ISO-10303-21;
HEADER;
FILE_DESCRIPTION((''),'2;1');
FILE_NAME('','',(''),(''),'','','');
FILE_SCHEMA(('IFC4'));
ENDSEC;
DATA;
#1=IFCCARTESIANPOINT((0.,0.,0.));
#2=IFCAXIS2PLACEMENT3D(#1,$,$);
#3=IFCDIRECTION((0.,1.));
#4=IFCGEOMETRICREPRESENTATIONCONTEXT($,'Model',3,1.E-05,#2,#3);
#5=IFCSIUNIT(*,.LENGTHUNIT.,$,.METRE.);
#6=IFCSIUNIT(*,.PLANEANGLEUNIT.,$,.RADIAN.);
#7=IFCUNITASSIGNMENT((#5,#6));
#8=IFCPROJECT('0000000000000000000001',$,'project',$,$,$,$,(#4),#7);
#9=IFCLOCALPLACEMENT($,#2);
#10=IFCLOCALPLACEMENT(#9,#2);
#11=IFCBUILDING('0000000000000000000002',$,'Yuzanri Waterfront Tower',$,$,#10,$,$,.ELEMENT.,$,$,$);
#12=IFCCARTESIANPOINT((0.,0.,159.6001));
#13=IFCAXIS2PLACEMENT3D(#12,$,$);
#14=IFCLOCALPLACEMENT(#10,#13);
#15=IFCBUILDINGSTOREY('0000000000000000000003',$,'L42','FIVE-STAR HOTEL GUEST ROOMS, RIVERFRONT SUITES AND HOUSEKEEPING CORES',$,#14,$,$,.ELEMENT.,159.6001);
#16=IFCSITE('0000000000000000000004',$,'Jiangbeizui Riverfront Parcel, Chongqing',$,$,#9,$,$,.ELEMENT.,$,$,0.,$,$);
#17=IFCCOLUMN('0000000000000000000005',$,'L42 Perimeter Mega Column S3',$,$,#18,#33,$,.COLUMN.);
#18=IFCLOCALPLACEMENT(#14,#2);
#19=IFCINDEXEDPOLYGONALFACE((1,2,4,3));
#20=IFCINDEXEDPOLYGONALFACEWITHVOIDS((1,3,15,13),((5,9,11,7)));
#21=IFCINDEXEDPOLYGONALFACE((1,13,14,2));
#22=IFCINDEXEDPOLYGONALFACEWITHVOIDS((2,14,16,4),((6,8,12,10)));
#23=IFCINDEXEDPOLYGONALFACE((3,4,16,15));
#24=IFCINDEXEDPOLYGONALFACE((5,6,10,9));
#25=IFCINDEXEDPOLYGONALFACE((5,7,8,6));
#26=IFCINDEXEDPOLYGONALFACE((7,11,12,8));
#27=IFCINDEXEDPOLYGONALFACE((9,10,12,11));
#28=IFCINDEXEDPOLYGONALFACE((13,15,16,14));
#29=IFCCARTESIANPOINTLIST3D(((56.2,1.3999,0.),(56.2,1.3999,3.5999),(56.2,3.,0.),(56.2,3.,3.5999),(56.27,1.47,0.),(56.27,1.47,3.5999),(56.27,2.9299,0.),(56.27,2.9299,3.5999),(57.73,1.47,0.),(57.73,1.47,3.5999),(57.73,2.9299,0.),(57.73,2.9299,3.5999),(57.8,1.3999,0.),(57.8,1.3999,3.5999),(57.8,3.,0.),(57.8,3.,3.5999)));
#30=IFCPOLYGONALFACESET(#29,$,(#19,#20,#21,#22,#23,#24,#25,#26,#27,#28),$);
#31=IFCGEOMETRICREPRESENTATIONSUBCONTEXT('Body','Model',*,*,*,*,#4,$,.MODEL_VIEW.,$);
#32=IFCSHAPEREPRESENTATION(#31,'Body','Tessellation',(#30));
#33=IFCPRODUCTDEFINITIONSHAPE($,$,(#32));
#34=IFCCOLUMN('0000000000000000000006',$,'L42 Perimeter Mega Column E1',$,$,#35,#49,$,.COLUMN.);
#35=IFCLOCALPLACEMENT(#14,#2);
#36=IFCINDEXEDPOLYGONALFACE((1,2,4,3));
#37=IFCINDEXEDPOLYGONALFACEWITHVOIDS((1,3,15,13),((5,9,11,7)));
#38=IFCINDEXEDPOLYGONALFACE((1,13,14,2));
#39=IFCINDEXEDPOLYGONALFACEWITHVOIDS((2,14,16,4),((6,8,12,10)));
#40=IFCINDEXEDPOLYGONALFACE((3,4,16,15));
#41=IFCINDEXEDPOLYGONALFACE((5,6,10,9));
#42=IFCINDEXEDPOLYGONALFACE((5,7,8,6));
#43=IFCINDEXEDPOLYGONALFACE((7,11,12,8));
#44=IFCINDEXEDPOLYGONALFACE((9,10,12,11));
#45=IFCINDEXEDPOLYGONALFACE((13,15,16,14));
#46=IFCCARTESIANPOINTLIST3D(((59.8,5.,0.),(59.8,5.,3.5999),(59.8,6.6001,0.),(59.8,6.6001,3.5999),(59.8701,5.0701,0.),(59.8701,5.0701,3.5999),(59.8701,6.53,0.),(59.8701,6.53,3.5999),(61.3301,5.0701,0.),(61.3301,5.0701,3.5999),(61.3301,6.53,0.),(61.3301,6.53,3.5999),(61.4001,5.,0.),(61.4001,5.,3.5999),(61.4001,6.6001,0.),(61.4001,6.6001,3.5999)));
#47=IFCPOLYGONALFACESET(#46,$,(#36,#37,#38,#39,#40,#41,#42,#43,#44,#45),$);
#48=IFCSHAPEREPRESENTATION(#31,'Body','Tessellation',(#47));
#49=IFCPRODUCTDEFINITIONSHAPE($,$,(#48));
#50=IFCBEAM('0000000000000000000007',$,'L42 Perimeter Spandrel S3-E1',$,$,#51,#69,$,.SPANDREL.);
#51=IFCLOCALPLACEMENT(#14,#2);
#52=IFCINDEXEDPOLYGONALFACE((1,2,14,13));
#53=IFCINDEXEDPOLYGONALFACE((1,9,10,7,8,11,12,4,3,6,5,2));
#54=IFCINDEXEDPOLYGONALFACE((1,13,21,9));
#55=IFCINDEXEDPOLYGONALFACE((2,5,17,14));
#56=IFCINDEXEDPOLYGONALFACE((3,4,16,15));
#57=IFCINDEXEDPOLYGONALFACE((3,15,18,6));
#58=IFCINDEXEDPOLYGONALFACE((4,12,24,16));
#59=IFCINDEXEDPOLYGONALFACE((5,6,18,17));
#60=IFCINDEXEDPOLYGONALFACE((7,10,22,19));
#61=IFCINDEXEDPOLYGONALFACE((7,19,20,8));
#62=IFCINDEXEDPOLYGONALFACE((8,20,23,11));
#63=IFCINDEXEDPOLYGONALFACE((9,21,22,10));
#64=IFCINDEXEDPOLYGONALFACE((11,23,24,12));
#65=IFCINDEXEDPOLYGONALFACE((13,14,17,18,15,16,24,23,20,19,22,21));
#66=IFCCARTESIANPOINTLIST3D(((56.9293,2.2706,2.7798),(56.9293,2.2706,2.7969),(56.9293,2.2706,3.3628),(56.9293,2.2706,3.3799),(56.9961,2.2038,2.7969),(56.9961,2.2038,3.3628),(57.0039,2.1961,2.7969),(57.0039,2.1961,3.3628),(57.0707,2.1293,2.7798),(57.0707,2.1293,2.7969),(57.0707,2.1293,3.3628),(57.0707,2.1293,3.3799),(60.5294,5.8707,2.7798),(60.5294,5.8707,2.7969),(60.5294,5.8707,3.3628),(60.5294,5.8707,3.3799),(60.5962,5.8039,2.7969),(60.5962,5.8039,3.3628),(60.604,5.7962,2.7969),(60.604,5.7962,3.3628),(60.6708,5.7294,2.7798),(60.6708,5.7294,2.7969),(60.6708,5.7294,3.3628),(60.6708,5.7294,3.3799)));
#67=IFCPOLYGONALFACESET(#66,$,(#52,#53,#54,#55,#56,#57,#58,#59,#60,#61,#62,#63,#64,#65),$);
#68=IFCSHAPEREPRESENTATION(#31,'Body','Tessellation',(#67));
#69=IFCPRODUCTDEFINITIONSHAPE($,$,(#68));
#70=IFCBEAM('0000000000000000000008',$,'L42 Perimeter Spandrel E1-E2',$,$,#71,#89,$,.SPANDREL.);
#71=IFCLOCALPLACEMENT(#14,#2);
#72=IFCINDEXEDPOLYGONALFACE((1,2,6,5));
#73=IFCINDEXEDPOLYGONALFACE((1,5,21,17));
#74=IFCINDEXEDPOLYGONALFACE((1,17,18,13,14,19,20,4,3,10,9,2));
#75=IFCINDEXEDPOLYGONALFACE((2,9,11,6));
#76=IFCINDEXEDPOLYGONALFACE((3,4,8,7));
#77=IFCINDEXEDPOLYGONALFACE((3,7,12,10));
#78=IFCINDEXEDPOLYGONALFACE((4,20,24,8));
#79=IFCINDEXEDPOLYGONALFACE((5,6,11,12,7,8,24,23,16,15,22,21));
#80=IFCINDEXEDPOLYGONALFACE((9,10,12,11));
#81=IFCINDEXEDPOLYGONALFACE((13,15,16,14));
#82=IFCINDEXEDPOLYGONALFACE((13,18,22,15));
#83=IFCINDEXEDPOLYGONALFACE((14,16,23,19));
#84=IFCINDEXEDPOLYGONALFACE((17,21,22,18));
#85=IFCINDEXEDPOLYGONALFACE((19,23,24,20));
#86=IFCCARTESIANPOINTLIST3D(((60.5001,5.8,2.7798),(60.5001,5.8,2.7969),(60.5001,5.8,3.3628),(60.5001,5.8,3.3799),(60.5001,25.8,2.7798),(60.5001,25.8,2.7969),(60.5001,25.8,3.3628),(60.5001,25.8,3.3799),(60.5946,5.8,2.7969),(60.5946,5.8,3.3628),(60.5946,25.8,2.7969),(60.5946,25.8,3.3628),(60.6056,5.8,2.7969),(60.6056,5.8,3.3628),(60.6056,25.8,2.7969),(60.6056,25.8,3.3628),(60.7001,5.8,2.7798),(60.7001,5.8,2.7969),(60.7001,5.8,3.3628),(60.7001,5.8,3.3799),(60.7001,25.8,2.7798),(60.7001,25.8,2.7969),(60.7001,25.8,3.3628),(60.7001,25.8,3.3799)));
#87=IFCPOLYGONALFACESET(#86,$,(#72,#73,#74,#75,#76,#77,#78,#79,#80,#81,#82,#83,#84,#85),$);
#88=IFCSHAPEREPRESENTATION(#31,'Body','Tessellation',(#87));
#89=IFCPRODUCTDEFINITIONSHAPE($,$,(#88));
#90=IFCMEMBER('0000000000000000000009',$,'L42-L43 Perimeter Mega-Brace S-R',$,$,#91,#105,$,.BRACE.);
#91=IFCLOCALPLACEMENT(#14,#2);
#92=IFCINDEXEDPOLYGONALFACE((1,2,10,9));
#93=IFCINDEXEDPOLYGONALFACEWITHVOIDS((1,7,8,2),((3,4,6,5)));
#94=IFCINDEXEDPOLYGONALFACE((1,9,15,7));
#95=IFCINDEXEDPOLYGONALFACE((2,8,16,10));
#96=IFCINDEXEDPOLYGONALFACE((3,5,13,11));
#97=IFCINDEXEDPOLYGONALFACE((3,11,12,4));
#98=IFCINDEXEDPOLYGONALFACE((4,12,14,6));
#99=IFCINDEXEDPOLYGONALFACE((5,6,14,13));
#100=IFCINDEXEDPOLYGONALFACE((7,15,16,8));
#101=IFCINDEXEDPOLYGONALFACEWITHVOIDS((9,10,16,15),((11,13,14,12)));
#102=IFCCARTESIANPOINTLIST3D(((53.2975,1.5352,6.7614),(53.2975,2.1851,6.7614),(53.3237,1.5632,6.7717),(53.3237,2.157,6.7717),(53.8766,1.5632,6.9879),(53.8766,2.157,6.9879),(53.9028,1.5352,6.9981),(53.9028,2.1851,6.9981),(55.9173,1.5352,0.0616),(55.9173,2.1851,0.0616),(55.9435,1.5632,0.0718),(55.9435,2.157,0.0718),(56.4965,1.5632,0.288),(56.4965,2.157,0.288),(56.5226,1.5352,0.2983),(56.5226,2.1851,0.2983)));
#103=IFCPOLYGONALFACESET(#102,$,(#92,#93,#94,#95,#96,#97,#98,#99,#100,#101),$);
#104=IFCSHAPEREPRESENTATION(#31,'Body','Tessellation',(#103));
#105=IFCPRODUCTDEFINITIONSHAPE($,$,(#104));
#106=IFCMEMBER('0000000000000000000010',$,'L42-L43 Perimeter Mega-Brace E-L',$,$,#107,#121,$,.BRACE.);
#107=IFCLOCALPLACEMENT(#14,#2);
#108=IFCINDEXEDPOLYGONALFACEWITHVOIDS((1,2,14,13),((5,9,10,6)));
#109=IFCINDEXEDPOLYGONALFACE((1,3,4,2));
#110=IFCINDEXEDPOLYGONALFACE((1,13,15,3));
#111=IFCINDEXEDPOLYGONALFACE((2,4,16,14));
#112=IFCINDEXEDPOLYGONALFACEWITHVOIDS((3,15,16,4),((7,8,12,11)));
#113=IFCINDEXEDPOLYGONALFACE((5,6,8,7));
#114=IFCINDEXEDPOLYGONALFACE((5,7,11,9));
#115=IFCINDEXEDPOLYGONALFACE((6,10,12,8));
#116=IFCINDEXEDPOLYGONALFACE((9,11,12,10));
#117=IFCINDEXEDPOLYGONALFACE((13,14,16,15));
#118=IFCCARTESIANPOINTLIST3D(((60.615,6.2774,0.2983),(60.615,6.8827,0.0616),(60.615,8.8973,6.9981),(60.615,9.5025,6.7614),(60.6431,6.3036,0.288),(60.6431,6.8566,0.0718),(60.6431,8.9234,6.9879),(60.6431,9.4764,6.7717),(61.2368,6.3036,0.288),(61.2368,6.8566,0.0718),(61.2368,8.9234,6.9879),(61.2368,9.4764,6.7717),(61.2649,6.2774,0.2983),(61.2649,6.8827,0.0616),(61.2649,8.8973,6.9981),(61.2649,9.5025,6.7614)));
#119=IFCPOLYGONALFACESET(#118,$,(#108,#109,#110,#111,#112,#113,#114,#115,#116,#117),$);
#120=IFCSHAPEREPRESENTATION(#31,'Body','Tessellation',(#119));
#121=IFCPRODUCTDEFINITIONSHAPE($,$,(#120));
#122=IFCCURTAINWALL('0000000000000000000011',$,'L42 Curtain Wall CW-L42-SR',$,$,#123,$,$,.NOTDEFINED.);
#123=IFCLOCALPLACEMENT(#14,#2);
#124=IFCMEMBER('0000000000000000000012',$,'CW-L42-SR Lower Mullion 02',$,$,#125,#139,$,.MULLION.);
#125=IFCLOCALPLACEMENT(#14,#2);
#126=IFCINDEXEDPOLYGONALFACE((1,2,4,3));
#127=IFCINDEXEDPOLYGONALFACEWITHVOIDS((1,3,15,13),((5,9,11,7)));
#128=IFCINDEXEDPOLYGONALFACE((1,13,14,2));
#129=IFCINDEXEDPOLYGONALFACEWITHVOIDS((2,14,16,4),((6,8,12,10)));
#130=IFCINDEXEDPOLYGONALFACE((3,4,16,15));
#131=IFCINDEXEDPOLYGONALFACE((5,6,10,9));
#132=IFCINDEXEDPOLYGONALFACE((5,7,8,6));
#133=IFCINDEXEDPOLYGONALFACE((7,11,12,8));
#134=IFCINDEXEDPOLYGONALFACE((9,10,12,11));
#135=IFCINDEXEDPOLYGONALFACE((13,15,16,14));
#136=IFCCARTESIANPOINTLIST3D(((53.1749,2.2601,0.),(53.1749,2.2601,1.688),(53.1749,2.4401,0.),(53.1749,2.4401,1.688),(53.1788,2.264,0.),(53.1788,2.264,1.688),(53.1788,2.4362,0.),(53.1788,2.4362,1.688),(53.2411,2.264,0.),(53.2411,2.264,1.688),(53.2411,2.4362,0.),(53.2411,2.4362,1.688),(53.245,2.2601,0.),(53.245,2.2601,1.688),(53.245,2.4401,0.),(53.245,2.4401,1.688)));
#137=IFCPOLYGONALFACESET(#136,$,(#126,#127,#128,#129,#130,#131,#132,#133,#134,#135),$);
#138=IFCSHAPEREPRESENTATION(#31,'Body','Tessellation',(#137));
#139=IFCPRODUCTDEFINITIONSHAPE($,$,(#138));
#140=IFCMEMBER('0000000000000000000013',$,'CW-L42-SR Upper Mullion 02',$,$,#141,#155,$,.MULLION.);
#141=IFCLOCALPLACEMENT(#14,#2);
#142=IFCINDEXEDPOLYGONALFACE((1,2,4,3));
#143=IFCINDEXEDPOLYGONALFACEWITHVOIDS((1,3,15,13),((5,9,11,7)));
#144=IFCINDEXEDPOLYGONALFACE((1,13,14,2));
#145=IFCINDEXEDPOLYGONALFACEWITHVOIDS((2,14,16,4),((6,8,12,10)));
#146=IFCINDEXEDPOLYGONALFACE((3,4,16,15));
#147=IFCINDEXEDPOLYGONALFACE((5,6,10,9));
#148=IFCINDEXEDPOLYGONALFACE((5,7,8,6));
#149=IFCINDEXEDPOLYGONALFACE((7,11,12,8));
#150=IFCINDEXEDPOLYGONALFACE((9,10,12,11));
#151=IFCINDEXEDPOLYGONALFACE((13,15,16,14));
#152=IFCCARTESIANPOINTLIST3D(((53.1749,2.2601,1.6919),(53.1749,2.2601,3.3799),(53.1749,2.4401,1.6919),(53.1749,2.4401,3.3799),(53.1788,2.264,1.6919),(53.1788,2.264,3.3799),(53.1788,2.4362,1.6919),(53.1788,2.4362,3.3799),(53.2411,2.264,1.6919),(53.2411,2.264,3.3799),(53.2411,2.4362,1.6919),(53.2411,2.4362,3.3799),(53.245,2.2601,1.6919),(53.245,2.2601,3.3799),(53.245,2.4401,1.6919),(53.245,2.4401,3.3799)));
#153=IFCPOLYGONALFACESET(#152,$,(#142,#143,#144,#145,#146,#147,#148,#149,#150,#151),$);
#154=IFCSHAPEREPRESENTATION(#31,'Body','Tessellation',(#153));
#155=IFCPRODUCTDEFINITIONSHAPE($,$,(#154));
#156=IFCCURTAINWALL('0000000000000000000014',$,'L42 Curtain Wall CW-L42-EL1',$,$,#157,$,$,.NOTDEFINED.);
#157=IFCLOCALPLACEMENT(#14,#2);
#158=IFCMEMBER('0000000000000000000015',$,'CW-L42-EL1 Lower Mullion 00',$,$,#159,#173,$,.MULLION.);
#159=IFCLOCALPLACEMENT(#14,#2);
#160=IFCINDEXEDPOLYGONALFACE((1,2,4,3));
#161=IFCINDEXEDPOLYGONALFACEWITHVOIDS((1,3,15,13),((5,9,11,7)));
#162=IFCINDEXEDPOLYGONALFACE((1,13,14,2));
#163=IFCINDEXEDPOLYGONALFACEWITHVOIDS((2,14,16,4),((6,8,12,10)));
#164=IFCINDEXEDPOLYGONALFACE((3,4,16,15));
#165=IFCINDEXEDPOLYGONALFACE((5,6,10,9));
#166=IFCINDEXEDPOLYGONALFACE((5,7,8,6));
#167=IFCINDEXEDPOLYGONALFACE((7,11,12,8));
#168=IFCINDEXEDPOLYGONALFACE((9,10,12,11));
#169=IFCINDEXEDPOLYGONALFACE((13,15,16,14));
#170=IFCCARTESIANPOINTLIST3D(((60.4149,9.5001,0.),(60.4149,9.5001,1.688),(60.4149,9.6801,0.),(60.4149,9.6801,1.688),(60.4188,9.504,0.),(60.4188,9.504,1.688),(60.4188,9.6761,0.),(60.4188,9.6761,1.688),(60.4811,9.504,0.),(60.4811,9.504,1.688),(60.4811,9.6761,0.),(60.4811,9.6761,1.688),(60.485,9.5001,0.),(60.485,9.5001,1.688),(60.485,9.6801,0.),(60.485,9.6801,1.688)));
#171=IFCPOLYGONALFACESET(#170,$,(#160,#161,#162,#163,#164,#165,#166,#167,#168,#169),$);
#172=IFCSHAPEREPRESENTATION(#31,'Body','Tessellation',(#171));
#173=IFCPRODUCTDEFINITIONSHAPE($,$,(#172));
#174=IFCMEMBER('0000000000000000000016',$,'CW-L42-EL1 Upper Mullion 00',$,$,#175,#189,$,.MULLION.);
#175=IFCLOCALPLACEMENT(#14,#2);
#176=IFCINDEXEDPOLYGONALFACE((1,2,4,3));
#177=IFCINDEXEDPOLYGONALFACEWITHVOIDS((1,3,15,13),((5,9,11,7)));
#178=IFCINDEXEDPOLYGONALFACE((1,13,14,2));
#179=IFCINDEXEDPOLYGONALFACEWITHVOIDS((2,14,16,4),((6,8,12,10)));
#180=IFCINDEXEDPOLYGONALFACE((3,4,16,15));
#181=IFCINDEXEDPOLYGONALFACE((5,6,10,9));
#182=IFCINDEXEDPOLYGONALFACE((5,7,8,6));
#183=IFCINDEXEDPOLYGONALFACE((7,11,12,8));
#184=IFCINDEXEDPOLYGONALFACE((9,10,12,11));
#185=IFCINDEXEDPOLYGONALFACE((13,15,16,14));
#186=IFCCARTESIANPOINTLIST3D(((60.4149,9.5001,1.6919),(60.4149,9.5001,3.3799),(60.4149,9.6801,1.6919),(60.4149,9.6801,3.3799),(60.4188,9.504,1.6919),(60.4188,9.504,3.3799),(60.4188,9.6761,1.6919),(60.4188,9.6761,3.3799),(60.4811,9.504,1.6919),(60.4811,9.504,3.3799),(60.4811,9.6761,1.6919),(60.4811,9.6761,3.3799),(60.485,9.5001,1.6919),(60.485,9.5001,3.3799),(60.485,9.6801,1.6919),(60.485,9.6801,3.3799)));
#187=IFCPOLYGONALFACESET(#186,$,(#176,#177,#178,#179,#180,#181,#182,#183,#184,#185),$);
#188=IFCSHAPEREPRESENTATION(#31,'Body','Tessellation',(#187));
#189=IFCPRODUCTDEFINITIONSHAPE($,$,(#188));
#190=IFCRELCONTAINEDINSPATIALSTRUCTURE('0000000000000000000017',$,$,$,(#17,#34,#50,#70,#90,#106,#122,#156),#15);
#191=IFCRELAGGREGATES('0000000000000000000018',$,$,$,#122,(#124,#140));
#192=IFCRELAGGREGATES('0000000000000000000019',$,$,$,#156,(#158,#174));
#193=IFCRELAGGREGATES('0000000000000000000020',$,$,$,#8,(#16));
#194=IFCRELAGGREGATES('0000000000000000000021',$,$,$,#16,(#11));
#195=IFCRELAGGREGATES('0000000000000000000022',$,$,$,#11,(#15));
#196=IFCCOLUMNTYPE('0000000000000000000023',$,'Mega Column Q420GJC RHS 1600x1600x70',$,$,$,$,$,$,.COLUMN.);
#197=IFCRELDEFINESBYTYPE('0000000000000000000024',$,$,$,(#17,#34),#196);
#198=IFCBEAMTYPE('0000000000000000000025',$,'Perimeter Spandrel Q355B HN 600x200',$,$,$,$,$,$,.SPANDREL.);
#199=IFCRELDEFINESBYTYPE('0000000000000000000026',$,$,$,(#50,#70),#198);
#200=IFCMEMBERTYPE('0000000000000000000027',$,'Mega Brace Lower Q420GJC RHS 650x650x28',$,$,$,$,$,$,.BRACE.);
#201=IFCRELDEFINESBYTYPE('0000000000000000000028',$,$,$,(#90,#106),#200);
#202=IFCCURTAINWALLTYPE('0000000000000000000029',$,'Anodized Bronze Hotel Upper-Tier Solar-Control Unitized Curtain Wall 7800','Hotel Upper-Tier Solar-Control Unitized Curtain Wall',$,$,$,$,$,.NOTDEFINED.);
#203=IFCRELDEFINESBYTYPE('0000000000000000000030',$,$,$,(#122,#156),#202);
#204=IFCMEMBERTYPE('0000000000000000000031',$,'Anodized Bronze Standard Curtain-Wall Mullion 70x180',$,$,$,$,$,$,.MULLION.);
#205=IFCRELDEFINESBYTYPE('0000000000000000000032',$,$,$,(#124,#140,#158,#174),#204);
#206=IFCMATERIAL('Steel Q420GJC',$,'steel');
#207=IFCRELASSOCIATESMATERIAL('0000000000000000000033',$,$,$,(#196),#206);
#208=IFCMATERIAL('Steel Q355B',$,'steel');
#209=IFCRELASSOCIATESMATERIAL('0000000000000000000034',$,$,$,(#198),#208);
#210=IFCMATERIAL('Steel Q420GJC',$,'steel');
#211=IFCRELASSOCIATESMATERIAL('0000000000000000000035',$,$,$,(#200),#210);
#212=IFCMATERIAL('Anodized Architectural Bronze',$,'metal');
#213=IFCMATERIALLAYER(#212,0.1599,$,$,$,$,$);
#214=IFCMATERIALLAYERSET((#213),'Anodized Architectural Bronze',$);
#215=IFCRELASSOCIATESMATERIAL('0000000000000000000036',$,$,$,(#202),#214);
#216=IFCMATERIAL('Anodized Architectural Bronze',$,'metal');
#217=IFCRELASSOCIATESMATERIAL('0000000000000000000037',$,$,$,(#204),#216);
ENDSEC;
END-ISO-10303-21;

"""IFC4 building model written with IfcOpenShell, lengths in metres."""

from ifc_helpers import new_model, si_unit, direction, frame, origin, origin_2d, place, context, subcontext, project, spatial, hollow_rectangle, i_section, extrude, source, transform, mapped, material, layer, layer_set, material_profile, profile_set, type_object, element, aggregate, save


model = new_model("IFC4")

# Units and contexts
model_context = context("Model", 3, precision=1e-05, world=origin(), true_north=direction((0.0, 1.0)))
body_context = subcontext(model_context, "Body", "Model", "MODEL_VIEW")
ifc_project = project(units=[si_unit("LENGTHUNIT", "METRE"), si_unit("PLANEANGLEUNIT", "RADIAN")], contexts=[model_context])

# Site, building, storey
site_placement = place(None, origin())
site = spatial("IfcSite", under=ifc_project, at=site_placement, Name="Jiangbeizui Riverfront Parcel, Chongqing", CompositionType="ELEMENT", RefElevation=0.0)
building_placement = place(site_placement, origin())
building = spatial("IfcBuilding", under=site, at=building_placement, Name="Yuzanri Waterfront Tower", CompositionType="ELEMENT")
storey_placement = place(building_placement, frame((0.0, 0.0, 159.6001)))
storey = spatial("IfcBuildingStorey", under=building, at=storey_placement, Name="L42", Description="FIVE-STAR HOTEL GUEST ROOMS, RIVERFRONT SUITES AND HOUSEKEEPING CORES", CompositionType="ELEMENT", Elevation=159.6001)

# Columns
ifc_material_1 = material(Name="Steel Q420GJC", Category="steel")
ifc_material_profile_1 = material_profile(ifc_material_1, hollow_rectangle(XDim=1.6001, YDim=1.6001, WallThickness=0.0701, at=origin_2d()), Name="RHS 1600x1600x70")
ifc_profile_set_1 = profile_set([ifc_material_profile_1], Name="Steel Q420GJC")
column_type = type_object("IfcColumnType", Name="Mega Column Q420GJC RHS 1600x1600x70", PredefinedType="COLUMN", material=ifc_profile_set_1)
shared_shape_1 = source(origin(), body_context, "Body", "SweptSolid", [
    extrude(hollow_rectangle(XDim=1.6001, YDim=1.6001, WallThickness=0.0701, at=origin_2d()), origin(), (0.0, 0.0, 1.0), 3.5999),
])
for number, where, z_axis, x_axis, name in (
    (1, (57.0, 2.2, 0.0), (0.0, 0.0, 1.0), (1.0, 0.0, 0.0), "L42 Perimeter Mega Column S3"),
    (2, (60.6001, 5.8, 0.0), (0.0, 0.0, 1.0), (1.0, 0.0, 0.0), "L42 Perimeter Mega Column E1"),
):
    element("IfcColumn", number, at=place(storey_placement, frame(where, z_axis=z_axis, x_axis=x_axis)), inside=storey, type_object=column_type, Name=name, PredefinedType="COLUMN", context=body_context, shape_type="MappedRepresentation", body=[
        mapped(shared_shape_1, transform((0.0, 0.0, 0.0), scale=1.0)),
    ])

# Beams
ifc_material_2 = material(Name="Steel Q355B", Category="steel")
ifc_material_profile_2 = material_profile(ifc_material_2, i_section(OverallWidth=0.2, OverallDepth=0.6001, WebThickness=0.011, FlangeThickness=0.0171, at=origin_2d()), Name="HN 600x200x11x17")
ifc_profile_set_2 = profile_set([ifc_material_profile_2], Name="Steel Q355B")
beam_type = type_object("IfcBeamType", Name="Perimeter Spandrel Q355B HN 600x200", PredefinedType="SPANDREL", material=ifc_profile_set_2)
shared_shape_2 = source(origin(), body_context, "Body", "SweptSolid", [
    extrude(i_section(OverallWidth=0.2, OverallDepth=0.6001, WebThickness=0.011, FlangeThickness=0.0171, at=origin_2d()), origin(), (0.0, 0.0, 1.0), 5.0913),
])
beam_1_placement = place(storey_placement, frame((57.0, 2.2, 3.0798), z_axis=(0.707107, 0.707107, 0.0), x_axis=(-0.707107, 0.707107, 0.0)))
element("IfcBeam", 3, at=beam_1_placement, inside=storey, type_object=beam_type, Name="L42 Perimeter Spandrel S3-E1", PredefinedType="SPANDREL", context=body_context, shape_type="MappedRepresentation", body=[
    mapped(shared_shape_2, transform((0.0, 0.0, 0.0), scale=1.0)),
])
shared_shape_3 = source(origin(), body_context, "Body", "SweptSolid", [
    extrude(i_section(OverallWidth=0.2, OverallDepth=0.6001, WebThickness=0.011, FlangeThickness=0.0171, at=origin_2d()), origin(), (0.0, 0.0, 1.0), 20.0),
])
beam_2_placement = place(storey_placement, frame((60.6001, 5.8, 3.0798), z_axis=(0.0, 1.0, 0.0), x_axis=(-1.0, 0.0, 0.0)))
element("IfcBeam", 4, at=beam_2_placement, inside=storey, type_object=beam_type, Name="L42 Perimeter Spandrel E1-E2", PredefinedType="SPANDREL", context=body_context, shape_type="MappedRepresentation", body=[
    mapped(shared_shape_3, transform((0.0, 0.0, 0.0), scale=1.0)),
])

# Members
ifc_material_3 = material(Name="Steel Q420GJC", Category="steel")
ifc_material_profile_3 = material_profile(ifc_material_3, hollow_rectangle(XDim=0.6499, YDim=0.6499, WallThickness=0.0281, at=origin_2d()), Name="RHS 650x650x28")
ifc_profile_set_3 = profile_set([ifc_material_profile_3], Name="Steel Q420GJC")
member_type_1 = type_object("IfcMemberType", Name="Mega Brace Lower Q420GJC RHS 650x650x28", PredefinedType="BRACE", material=ifc_profile_set_3)
shared_shape_4 = source(origin(), body_context, "Body", "SweptSolid", [
    extrude(hollow_rectangle(XDim=0.6499, YDim=0.6499, WallThickness=0.0281, at=origin_2d()), origin(), (0.0, 0.0, 1.0), 7.1938),
])
for number, where, z_axis, x_axis, name in (
    (5, (56.22, 1.8601, 0.1799), (-0.364177, 0.0, 0.93133), (0.0, -1.0, 0.0), "L42-L43 Perimeter Mega-Brace S-R"),
    (6, (60.9399, 6.5801, 0.1799), (0.0, 0.364177, 0.93133), (-1.0, 0.0, 0.0), "L42-L43 Perimeter Mega-Brace E-L"),
):
    element("IfcMember", number, at=place(storey_placement, frame(where, z_axis=z_axis, x_axis=x_axis)), inside=storey, type_object=member_type_1, Name=name, PredefinedType="BRACE", context=body_context, shape_type="MappedRepresentation", body=[
        mapped(shared_shape_4, transform((0.0, 0.0, 0.0), scale=1.0)),
    ])

# Curtain walls, members
ifc_material_4 = material(Name="Anodized Architectural Bronze", Category="metal")
ifc_layer_1 = layer(ifc_material_4, 0.1599)
ifc_layer_set_1 = layer_set([ifc_layer_1], Name="Anodized Architectural Bronze")
curtain_wall_type = type_object("IfcCurtainWallType", Name="Anodized Bronze Hotel Upper-Tier Solar-Control Unitized Curtain Wall 7800", Description="Hotel Upper-Tier Solar-Control Unitized Curtain Wall", PredefinedType="NOTDEFINED", material=ifc_layer_set_1)
curtain_wall_1_placement = place(storey_placement, origin())
curtain_wall_1 = element("IfcCurtainWall", 7, at=curtain_wall_1_placement, inside=storey, type_object=curtain_wall_type, Name="L42 Curtain Wall CW-L42-SR", PredefinedType="NOTDEFINED")
ifc_material_5 = material(Name="Anodized Architectural Bronze", Category="metal")
ifc_material_profile_4 = material_profile(ifc_material_5, hollow_rectangle(XDim=0.0701, YDim=0.1799, WallThickness=0.0039, at=origin_2d()), Name="CWM 70x180")
ifc_profile_set_4 = profile_set([ifc_material_profile_4], Name="Anodized Architectural Bronze")
member_type_2 = type_object("IfcMemberType", Name="Anodized Bronze Standard Curtain-Wall Mullion 70x180", PredefinedType="MULLION", material=ifc_profile_set_4)
shared_shape_5 = source(origin(), body_context, "Body", "SweptSolid", [
    extrude(hollow_rectangle(XDim=0.0701, YDim=0.1799, WallThickness=0.0039, at=origin_2d()), origin(), (0.0, 0.0, 1.0), 1.688),
])
member_1_placement = place(storey_placement, frame((53.21, 2.3501, 0.0), z_axis=(0.0, 0.0, 1.0), x_axis=(1.0, 0.0, 0.0)))
member_1 = element("IfcMember", 8, at=member_1_placement, type_object=member_type_2, Name="CW-L42-SR Lower Mullion 02", PredefinedType="MULLION", context=body_context, shape_type="MappedRepresentation", body=[
    mapped(shared_shape_5, transform((0.0, 0.0, 0.0), scale=1.0)),
])
member_2_placement = place(storey_placement, frame((53.21, 2.3501, 1.6919), z_axis=(0.0, 0.0, 1.0), x_axis=(1.0, 0.0, 0.0)))
member_2 = element("IfcMember", 9, at=member_2_placement, type_object=member_type_2, Name="CW-L42-SR Upper Mullion 02", PredefinedType="MULLION", context=body_context, shape_type="MappedRepresentation", body=[
    mapped(shared_shape_5, transform((0.0, 0.0, 0.0), scale=1.0)),
])
aggregate(curtain_wall_1, [member_1, member_2])
curtain_wall_2_placement = place(storey_placement, origin())
curtain_wall_2 = element("IfcCurtainWall", 10, at=curtain_wall_2_placement, inside=storey, type_object=curtain_wall_type, Name="L42 Curtain Wall CW-L42-EL1", PredefinedType="NOTDEFINED")
member_3_placement = place(storey_placement, frame((60.45, 9.5901, 0.0), z_axis=(0.0, 0.0, 1.0), x_axis=(1.0, 0.0, 0.0)))
member_3 = element("IfcMember", 11, at=member_3_placement, type_object=member_type_2, Name="CW-L42-EL1 Lower Mullion 00", PredefinedType="MULLION", context=body_context, shape_type="MappedRepresentation", body=[
    mapped(shared_shape_5, transform((0.0, 0.0, 0.0), scale=1.0)),
])
member_4_placement = place(storey_placement, frame((60.45, 9.5901, 1.6919), z_axis=(0.0, 0.0, 1.0), x_axis=(1.0, 0.0, 0.0)))
member_4 = element("IfcMember", 12, at=member_4_placement, type_object=member_type_2, Name="CW-L42-EL1 Upper Mullion 00", PredefinedType="MULLION", context=body_context, shape_type="MappedRepresentation", body=[
    mapped(shared_shape_5, transform((0.0, 0.0, 0.0), scale=1.0)),
])
aggregate(curtain_wall_2, [member_3, member_4])

save(model, "model.ifc")
